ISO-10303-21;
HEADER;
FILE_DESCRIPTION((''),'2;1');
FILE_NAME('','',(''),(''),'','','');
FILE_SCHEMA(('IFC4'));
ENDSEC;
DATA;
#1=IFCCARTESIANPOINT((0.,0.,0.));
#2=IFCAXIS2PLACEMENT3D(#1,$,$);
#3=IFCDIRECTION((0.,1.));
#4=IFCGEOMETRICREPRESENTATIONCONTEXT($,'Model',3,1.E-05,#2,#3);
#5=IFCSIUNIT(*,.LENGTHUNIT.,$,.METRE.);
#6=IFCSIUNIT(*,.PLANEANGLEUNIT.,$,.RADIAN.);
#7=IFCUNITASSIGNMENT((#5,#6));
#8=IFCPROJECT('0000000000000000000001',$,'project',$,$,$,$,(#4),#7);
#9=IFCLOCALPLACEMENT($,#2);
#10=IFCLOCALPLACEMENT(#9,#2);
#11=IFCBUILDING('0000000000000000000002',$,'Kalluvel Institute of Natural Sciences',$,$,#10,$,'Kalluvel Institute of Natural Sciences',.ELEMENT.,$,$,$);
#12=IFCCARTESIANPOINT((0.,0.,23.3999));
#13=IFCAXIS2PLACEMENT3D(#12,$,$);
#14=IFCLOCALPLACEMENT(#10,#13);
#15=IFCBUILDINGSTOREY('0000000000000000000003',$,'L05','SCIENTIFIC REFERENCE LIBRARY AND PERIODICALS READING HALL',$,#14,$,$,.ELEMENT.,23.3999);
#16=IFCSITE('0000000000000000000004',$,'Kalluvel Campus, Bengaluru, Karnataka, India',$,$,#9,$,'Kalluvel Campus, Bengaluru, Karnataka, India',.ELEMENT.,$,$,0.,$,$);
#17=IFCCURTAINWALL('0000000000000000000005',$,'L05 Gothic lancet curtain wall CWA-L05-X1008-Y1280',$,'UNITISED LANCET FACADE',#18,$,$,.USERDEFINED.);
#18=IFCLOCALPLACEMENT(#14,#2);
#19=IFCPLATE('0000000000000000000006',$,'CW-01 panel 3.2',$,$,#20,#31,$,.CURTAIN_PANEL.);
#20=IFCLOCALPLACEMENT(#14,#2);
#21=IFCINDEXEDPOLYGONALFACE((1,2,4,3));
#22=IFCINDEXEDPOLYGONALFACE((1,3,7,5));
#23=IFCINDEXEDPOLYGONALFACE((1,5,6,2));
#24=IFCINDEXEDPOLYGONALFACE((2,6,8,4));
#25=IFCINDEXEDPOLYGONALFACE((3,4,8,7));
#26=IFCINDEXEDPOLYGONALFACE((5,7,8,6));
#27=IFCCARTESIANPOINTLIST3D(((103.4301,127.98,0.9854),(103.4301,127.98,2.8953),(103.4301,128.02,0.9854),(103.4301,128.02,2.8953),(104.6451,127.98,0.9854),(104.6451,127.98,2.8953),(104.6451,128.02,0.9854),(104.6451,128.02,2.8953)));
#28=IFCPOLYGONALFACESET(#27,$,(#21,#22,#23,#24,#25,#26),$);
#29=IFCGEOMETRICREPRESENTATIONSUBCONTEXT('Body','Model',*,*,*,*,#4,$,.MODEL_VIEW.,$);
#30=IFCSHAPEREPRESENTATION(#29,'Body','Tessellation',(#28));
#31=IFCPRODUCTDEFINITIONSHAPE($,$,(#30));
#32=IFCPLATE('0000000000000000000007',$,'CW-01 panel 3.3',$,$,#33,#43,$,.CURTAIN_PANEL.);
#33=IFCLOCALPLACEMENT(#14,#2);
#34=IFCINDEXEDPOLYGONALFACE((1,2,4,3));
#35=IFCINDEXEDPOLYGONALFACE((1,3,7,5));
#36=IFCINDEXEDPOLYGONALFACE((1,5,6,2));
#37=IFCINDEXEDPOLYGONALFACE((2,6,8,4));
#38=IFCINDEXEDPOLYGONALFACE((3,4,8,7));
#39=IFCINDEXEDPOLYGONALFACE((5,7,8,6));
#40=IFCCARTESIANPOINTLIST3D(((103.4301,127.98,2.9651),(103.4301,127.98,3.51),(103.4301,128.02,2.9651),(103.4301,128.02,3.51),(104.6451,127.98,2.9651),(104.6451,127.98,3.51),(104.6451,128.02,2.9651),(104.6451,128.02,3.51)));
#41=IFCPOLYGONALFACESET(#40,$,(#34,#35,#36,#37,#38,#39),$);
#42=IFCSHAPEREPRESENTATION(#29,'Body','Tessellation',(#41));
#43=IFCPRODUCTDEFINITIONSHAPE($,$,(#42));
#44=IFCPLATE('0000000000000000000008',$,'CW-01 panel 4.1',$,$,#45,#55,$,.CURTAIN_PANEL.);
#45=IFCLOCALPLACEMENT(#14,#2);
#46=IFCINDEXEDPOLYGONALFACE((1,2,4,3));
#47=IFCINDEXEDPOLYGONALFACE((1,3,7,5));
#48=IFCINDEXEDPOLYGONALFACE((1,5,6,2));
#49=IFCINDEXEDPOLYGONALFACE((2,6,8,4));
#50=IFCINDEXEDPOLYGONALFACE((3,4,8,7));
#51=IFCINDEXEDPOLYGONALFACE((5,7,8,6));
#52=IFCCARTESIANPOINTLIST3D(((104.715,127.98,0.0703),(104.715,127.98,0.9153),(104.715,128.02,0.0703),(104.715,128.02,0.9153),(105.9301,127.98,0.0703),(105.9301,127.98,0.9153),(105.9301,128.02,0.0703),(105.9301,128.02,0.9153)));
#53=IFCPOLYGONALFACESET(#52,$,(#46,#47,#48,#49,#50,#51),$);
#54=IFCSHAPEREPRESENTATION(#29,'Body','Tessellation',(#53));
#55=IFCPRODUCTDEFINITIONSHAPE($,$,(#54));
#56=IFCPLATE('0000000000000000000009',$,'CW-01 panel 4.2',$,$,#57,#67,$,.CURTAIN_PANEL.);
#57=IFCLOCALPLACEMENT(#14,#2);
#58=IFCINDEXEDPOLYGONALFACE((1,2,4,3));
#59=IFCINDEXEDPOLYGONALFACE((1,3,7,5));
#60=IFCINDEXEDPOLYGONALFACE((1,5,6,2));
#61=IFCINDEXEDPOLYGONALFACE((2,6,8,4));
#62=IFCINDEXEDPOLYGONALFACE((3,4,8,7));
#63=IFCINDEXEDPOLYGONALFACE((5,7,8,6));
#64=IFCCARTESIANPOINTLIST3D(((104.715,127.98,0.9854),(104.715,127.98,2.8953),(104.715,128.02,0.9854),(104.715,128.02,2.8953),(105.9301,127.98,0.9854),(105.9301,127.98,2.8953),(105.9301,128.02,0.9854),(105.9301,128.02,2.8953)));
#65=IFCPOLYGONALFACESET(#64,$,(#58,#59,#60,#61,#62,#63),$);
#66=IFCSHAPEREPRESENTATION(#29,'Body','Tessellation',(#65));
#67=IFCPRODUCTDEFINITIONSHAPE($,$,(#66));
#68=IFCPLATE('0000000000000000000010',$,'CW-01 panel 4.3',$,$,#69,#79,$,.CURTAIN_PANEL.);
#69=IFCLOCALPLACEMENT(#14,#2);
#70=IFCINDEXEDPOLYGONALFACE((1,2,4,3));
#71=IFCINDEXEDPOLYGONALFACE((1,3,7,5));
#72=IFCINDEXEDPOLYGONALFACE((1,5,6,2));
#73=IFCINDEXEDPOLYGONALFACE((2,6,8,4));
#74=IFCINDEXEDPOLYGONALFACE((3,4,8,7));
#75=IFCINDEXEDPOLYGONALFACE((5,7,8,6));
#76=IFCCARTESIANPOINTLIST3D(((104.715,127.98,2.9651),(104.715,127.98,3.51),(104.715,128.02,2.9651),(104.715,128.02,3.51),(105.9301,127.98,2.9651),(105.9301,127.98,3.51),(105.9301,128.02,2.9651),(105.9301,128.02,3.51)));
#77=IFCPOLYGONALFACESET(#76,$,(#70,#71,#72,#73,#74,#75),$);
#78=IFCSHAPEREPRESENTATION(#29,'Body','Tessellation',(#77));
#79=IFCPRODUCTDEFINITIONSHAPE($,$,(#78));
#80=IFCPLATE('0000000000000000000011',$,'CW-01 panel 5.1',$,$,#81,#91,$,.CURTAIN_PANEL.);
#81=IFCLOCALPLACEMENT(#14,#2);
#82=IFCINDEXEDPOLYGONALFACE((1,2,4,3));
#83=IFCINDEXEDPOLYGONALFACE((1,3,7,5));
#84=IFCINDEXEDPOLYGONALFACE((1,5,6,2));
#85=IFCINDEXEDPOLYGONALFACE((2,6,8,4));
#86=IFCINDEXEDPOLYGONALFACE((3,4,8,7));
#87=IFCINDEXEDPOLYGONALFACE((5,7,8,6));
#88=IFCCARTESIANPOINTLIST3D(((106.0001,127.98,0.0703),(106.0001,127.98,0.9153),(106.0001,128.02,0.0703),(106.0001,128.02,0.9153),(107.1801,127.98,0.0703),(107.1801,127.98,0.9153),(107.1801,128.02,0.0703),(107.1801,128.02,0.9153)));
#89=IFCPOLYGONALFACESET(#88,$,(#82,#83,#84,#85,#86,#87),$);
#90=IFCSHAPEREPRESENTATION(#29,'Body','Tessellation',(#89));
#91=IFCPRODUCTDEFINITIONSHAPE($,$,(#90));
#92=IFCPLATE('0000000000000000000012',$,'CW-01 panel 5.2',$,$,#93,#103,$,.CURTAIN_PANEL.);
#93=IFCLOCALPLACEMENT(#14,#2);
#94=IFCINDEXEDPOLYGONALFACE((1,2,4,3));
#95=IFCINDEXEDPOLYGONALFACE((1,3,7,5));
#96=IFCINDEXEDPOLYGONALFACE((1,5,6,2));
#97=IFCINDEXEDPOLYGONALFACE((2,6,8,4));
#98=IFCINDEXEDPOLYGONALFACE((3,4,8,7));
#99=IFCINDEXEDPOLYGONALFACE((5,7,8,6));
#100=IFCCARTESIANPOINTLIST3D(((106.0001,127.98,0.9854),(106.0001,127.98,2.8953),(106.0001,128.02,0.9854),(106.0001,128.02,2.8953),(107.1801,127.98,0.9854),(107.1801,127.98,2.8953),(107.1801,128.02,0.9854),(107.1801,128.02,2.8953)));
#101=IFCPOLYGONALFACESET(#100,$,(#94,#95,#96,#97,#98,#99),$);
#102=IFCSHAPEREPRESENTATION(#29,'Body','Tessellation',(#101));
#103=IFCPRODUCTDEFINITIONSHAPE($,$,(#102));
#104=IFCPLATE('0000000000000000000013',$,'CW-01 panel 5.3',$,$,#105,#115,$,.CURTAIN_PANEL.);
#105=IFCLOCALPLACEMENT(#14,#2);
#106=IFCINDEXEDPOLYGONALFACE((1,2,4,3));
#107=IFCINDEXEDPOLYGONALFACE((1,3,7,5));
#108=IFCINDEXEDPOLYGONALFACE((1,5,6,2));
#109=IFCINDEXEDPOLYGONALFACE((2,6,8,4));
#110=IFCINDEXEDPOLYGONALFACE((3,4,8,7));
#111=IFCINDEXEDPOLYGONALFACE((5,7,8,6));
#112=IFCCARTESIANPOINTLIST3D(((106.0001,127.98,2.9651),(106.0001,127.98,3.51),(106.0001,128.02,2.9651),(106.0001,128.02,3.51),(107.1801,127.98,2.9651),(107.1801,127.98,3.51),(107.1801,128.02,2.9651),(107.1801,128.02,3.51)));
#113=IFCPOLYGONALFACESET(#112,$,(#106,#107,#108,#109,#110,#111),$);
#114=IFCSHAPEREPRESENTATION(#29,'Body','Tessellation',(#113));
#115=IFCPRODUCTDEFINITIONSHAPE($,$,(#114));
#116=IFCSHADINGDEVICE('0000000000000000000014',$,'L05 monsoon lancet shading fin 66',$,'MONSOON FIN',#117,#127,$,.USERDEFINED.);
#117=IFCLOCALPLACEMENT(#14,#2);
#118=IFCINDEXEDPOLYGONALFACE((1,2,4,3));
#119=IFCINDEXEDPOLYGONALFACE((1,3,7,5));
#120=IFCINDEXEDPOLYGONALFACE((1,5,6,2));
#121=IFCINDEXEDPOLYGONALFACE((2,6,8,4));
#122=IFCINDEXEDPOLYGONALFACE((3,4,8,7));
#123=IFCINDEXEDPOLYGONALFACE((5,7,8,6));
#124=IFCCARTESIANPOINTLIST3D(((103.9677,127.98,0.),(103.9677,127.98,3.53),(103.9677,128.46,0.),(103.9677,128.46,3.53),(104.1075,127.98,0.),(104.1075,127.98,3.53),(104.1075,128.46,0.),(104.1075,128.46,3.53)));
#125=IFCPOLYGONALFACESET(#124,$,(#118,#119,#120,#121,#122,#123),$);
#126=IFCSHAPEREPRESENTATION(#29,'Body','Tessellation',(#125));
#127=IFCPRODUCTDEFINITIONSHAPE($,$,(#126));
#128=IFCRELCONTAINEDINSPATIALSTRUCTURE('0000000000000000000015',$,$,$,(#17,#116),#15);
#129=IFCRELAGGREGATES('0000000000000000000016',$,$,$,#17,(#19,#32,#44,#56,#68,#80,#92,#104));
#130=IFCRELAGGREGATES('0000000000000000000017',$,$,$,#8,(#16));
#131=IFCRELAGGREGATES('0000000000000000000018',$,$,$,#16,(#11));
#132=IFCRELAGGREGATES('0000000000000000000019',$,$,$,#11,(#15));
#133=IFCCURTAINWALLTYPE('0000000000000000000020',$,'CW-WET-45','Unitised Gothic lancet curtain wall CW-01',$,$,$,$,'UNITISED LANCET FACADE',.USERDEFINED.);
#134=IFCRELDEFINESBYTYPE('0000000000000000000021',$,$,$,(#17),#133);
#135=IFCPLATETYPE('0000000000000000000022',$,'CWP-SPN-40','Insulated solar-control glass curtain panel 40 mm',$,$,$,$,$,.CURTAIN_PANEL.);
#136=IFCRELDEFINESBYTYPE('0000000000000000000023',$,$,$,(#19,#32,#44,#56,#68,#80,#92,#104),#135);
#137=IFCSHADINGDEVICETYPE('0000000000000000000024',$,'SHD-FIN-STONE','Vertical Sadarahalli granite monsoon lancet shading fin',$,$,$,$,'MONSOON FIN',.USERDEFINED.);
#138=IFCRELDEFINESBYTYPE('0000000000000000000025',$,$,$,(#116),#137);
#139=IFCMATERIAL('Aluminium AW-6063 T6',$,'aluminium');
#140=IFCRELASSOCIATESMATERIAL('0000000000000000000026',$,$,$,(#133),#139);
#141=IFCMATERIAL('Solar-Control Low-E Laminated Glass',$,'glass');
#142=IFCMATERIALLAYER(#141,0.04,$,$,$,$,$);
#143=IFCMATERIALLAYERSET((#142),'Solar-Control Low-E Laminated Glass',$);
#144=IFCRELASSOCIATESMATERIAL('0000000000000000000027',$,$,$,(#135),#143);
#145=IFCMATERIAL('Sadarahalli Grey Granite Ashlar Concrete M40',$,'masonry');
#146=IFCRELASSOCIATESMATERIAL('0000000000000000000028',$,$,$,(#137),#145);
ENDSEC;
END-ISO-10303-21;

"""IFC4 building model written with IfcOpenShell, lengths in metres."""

from ifc_helpers import new_model, si_unit, direction, frame, origin, origin_2d, place, context, subcontext, project, spatial, rectangle, extrude, material, layer, layer_set, type_object, element, aggregate, save


model = new_model("IFC4")

# Units and contexts
model_context = context("Model", 3, precision=1e-05, world=origin(), true_north=direction((0.0, 1.0)))
body_context = subcontext(model_context, "Body", "Model", "MODEL_VIEW")
ifc_project = project(units=[si_unit("LENGTHUNIT", "METRE"), si_unit("PLANEANGLEUNIT", "RADIAN")], contexts=[model_context])

# Site, building, storey
site_placement = place(None, origin())
site = spatial("IfcSite", under=ifc_project, at=site_placement, Name="Kalluvel Campus, Bengaluru, Karnataka, India", LongName="Kalluvel Campus, Bengaluru, Karnataka, India", CompositionType="ELEMENT", RefElevation=0.0)
building_placement = place(site_placement, origin())
building = spatial("IfcBuilding", under=site, at=building_placement, Name="Kalluvel Institute of Natural Sciences", LongName="Kalluvel Institute of Natural Sciences", CompositionType="ELEMENT")
storey_placement = place(building_placement, frame((0.0, 0.0, 23.3999)))
storey = spatial("IfcBuildingStorey", under=building, at=storey_placement, Name="L05", Description="SCIENTIFIC REFERENCE LIBRARY AND PERIODICALS READING HALL", CompositionType="ELEMENT", Elevation=23.3999)

# Curtain wall
ifc_material_1 = material(Name="Aluminium AW-6063 T6", Category="aluminium")
curtain_wall_type = type_object("IfcCurtainWallType", Name="CW-WET-45", Description="Unitised Gothic lancet curtain wall CW-01", ElementType="UNITISED LANCET FACADE", PredefinedType="USERDEFINED", material=ifc_material_1)
curtain_wall_1_placement = place(storey_placement, origin())
curtain_wall_1 = element("IfcCurtainWall", 1, at=curtain_wall_1_placement, inside=storey, type_object=curtain_wall_type, Name="L05 Gothic lancet curtain wall CWA-L05-X1008-Y1280", ObjectType="UNITISED LANCET FACADE", PredefinedType="USERDEFINED")

# Plates
ifc_material_2 = material(Name="Solar-Control Low-E Laminated Glass", Category="glass")
ifc_layer = layer(ifc_material_2, 0.04)
ifc_layer_set = layer_set([ifc_layer], Name="Solar-Control Low-E Laminated Glass")
plate_type = type_object("IfcPlateType", Name="CWP-SPN-40", Description="Insulated solar-control glass curtain panel 40 mm", PredefinedType="CURTAIN_PANEL", material=ifc_layer_set)
plate_1_placement = place(storey_placement, frame((104.0376, 128.0, 0.9854), z_axis=(0.0, 0.0, 1.0), x_axis=(1.0, 0.0, 0.0)))
plate_1 = element("IfcPlate", 2, at=plate_1_placement, type_object=plate_type, Name="CW-01 panel 3.2", PredefinedType="CURTAIN_PANEL", context=body_context, shape_type="SweptSolid", body=[
    extrude(rectangle(XDim=1.2151, YDim=0.04, at=origin_2d()), origin(), (0.0, 0.0, 1.0), 1.9099),
])
plate_2_placement = place(storey_placement, frame((104.0376, 128.0, 2.9651), z_axis=(0.0, 0.0, 1.0), x_axis=(1.0, 0.0, 0.0)))
plate_2 = element("IfcPlate", 3, at=plate_2_placement, type_object=plate_type, Name="CW-01 panel 3.3", PredefinedType="CURTAIN_PANEL", context=body_context, shape_type="SweptSolid", body=[
    extrude(rectangle(XDim=1.2151, YDim=0.04, at=origin_2d()), origin(), (0.0, 0.0, 1.0), 0.5449),
])
plate_3_placement = place(storey_placement, frame((105.3225, 128.0, 0.0703), z_axis=(0.0, 0.0, 1.0), x_axis=(1.0, 0.0, 0.0)))
plate_3 = element("IfcPlate", 4, at=plate_3_placement, type_object=plate_type, Name="CW-01 panel 4.1", PredefinedType="CURTAIN_PANEL", context=body_context, shape_type="SweptSolid", body=[
    extrude(rectangle(XDim=1.2151, YDim=0.04, at=origin_2d()), origin(), (0.0, 0.0, 1.0), 0.845),
])
plate_4_placement = place(storey_placement, frame((105.3225, 128.0, 0.9854), z_axis=(0.0, 0.0, 1.0), x_axis=(1.0, 0.0, 0.0)))
plate_4 = element("IfcPlate", 5, at=plate_4_placement, type_object=plate_type, Name="CW-01 panel 4.2", PredefinedType="CURTAIN_PANEL", context=body_context, shape_type="SweptSolid", body=[
    extrude(rectangle(XDim=1.2151, YDim=0.04, at=origin_2d()), origin(), (0.0, 0.0, 1.0), 1.9099),
])
plate_5_placement = place(storey_placement, frame((105.3225, 128.0, 2.9651), z_axis=(0.0, 0.0, 1.0), x_axis=(1.0, 0.0, 0.0)))
plate_5 = element("IfcPlate", 6, at=plate_5_placement, type_object=plate_type, Name="CW-01 panel 4.3", PredefinedType="CURTAIN_PANEL", context=body_context, shape_type="SweptSolid", body=[
    extrude(rectangle(XDim=1.2151, YDim=0.04, at=origin_2d()), origin(), (0.0, 0.0, 1.0), 0.5449),
])
plate_6_placement = place(storey_placement, frame((106.5901, 128.0, 0.0703), z_axis=(0.0, 0.0, 1.0), x_axis=(1.0, 0.0, 0.0)))
plate_6 = element("IfcPlate", 7, at=plate_6_placement, type_object=plate_type, Name="CW-01 panel 5.1", PredefinedType="CURTAIN_PANEL", context=body_context, shape_type="SweptSolid", body=[
    extrude(rectangle(XDim=1.1799, YDim=0.04, at=origin_2d()), origin(), (0.0, 0.0, 1.0), 0.845),
])
plate_7_placement = place(storey_placement, frame((106.5901, 128.0, 0.9854), z_axis=(0.0, 0.0, 1.0), x_axis=(1.0, 0.0, 0.0)))
plate_7 = element("IfcPlate", 8, at=plate_7_placement, type_object=plate_type, Name="CW-01 panel 5.2", PredefinedType="CURTAIN_PANEL", context=body_context, shape_type="SweptSolid", body=[
    extrude(rectangle(XDim=1.1799, YDim=0.04, at=origin_2d()), origin(), (0.0, 0.0, 1.0), 1.9099),
])
plate_8_placement = place(storey_placement, frame((106.5901, 128.0, 2.9651), z_axis=(0.0, 0.0, 1.0), x_axis=(1.0, 0.0, 0.0)))
plate_8 = element("IfcPlate", 9, at=plate_8_placement, type_object=plate_type, Name="CW-01 panel 5.3", PredefinedType="CURTAIN_PANEL", context=body_context, shape_type="SweptSolid", body=[
    extrude(rectangle(XDim=1.1799, YDim=0.04, at=origin_2d()), origin(), (0.0, 0.0, 1.0), 0.5449),
])
aggregate(curtain_wall_1, [plate_1, plate_2, plate_3, plate_4, plate_5, plate_6, plate_7, plate_8])

# Shading device
ifc_material_3 = material(Name="Sadarahalli Grey Granite Ashlar Concrete M40", Category="masonry")
shading_device_type = type_object("IfcShadingDeviceType", Name="SHD-FIN-STONE", Description="Vertical Sadarahalli granite monsoon lancet shading fin", ElementType="MONSOON FIN", PredefinedType="USERDEFINED", material=ifc_material_3)
shading_device_placement = place(storey_placement, frame((104.0376, 128.22, 0.0), z_axis=(0.0, 0.0, 1.0), x_axis=(1.0, 0.0, 0.0)))
element("IfcShadingDevice", 10, at=shading_device_placement, inside=storey, type_object=shading_device_type, Name="L05 monsoon lancet shading fin 66", ObjectType="MONSOON FIN", PredefinedType="USERDEFINED", context=body_context, shape_type="SweptSolid", body=[
    extrude(rectangle(XDim=0.1399, YDim=0.48, at=origin_2d()), origin(), (0.0, 0.0, 1.0), 3.53),
])

save(model, "model.ifc")
